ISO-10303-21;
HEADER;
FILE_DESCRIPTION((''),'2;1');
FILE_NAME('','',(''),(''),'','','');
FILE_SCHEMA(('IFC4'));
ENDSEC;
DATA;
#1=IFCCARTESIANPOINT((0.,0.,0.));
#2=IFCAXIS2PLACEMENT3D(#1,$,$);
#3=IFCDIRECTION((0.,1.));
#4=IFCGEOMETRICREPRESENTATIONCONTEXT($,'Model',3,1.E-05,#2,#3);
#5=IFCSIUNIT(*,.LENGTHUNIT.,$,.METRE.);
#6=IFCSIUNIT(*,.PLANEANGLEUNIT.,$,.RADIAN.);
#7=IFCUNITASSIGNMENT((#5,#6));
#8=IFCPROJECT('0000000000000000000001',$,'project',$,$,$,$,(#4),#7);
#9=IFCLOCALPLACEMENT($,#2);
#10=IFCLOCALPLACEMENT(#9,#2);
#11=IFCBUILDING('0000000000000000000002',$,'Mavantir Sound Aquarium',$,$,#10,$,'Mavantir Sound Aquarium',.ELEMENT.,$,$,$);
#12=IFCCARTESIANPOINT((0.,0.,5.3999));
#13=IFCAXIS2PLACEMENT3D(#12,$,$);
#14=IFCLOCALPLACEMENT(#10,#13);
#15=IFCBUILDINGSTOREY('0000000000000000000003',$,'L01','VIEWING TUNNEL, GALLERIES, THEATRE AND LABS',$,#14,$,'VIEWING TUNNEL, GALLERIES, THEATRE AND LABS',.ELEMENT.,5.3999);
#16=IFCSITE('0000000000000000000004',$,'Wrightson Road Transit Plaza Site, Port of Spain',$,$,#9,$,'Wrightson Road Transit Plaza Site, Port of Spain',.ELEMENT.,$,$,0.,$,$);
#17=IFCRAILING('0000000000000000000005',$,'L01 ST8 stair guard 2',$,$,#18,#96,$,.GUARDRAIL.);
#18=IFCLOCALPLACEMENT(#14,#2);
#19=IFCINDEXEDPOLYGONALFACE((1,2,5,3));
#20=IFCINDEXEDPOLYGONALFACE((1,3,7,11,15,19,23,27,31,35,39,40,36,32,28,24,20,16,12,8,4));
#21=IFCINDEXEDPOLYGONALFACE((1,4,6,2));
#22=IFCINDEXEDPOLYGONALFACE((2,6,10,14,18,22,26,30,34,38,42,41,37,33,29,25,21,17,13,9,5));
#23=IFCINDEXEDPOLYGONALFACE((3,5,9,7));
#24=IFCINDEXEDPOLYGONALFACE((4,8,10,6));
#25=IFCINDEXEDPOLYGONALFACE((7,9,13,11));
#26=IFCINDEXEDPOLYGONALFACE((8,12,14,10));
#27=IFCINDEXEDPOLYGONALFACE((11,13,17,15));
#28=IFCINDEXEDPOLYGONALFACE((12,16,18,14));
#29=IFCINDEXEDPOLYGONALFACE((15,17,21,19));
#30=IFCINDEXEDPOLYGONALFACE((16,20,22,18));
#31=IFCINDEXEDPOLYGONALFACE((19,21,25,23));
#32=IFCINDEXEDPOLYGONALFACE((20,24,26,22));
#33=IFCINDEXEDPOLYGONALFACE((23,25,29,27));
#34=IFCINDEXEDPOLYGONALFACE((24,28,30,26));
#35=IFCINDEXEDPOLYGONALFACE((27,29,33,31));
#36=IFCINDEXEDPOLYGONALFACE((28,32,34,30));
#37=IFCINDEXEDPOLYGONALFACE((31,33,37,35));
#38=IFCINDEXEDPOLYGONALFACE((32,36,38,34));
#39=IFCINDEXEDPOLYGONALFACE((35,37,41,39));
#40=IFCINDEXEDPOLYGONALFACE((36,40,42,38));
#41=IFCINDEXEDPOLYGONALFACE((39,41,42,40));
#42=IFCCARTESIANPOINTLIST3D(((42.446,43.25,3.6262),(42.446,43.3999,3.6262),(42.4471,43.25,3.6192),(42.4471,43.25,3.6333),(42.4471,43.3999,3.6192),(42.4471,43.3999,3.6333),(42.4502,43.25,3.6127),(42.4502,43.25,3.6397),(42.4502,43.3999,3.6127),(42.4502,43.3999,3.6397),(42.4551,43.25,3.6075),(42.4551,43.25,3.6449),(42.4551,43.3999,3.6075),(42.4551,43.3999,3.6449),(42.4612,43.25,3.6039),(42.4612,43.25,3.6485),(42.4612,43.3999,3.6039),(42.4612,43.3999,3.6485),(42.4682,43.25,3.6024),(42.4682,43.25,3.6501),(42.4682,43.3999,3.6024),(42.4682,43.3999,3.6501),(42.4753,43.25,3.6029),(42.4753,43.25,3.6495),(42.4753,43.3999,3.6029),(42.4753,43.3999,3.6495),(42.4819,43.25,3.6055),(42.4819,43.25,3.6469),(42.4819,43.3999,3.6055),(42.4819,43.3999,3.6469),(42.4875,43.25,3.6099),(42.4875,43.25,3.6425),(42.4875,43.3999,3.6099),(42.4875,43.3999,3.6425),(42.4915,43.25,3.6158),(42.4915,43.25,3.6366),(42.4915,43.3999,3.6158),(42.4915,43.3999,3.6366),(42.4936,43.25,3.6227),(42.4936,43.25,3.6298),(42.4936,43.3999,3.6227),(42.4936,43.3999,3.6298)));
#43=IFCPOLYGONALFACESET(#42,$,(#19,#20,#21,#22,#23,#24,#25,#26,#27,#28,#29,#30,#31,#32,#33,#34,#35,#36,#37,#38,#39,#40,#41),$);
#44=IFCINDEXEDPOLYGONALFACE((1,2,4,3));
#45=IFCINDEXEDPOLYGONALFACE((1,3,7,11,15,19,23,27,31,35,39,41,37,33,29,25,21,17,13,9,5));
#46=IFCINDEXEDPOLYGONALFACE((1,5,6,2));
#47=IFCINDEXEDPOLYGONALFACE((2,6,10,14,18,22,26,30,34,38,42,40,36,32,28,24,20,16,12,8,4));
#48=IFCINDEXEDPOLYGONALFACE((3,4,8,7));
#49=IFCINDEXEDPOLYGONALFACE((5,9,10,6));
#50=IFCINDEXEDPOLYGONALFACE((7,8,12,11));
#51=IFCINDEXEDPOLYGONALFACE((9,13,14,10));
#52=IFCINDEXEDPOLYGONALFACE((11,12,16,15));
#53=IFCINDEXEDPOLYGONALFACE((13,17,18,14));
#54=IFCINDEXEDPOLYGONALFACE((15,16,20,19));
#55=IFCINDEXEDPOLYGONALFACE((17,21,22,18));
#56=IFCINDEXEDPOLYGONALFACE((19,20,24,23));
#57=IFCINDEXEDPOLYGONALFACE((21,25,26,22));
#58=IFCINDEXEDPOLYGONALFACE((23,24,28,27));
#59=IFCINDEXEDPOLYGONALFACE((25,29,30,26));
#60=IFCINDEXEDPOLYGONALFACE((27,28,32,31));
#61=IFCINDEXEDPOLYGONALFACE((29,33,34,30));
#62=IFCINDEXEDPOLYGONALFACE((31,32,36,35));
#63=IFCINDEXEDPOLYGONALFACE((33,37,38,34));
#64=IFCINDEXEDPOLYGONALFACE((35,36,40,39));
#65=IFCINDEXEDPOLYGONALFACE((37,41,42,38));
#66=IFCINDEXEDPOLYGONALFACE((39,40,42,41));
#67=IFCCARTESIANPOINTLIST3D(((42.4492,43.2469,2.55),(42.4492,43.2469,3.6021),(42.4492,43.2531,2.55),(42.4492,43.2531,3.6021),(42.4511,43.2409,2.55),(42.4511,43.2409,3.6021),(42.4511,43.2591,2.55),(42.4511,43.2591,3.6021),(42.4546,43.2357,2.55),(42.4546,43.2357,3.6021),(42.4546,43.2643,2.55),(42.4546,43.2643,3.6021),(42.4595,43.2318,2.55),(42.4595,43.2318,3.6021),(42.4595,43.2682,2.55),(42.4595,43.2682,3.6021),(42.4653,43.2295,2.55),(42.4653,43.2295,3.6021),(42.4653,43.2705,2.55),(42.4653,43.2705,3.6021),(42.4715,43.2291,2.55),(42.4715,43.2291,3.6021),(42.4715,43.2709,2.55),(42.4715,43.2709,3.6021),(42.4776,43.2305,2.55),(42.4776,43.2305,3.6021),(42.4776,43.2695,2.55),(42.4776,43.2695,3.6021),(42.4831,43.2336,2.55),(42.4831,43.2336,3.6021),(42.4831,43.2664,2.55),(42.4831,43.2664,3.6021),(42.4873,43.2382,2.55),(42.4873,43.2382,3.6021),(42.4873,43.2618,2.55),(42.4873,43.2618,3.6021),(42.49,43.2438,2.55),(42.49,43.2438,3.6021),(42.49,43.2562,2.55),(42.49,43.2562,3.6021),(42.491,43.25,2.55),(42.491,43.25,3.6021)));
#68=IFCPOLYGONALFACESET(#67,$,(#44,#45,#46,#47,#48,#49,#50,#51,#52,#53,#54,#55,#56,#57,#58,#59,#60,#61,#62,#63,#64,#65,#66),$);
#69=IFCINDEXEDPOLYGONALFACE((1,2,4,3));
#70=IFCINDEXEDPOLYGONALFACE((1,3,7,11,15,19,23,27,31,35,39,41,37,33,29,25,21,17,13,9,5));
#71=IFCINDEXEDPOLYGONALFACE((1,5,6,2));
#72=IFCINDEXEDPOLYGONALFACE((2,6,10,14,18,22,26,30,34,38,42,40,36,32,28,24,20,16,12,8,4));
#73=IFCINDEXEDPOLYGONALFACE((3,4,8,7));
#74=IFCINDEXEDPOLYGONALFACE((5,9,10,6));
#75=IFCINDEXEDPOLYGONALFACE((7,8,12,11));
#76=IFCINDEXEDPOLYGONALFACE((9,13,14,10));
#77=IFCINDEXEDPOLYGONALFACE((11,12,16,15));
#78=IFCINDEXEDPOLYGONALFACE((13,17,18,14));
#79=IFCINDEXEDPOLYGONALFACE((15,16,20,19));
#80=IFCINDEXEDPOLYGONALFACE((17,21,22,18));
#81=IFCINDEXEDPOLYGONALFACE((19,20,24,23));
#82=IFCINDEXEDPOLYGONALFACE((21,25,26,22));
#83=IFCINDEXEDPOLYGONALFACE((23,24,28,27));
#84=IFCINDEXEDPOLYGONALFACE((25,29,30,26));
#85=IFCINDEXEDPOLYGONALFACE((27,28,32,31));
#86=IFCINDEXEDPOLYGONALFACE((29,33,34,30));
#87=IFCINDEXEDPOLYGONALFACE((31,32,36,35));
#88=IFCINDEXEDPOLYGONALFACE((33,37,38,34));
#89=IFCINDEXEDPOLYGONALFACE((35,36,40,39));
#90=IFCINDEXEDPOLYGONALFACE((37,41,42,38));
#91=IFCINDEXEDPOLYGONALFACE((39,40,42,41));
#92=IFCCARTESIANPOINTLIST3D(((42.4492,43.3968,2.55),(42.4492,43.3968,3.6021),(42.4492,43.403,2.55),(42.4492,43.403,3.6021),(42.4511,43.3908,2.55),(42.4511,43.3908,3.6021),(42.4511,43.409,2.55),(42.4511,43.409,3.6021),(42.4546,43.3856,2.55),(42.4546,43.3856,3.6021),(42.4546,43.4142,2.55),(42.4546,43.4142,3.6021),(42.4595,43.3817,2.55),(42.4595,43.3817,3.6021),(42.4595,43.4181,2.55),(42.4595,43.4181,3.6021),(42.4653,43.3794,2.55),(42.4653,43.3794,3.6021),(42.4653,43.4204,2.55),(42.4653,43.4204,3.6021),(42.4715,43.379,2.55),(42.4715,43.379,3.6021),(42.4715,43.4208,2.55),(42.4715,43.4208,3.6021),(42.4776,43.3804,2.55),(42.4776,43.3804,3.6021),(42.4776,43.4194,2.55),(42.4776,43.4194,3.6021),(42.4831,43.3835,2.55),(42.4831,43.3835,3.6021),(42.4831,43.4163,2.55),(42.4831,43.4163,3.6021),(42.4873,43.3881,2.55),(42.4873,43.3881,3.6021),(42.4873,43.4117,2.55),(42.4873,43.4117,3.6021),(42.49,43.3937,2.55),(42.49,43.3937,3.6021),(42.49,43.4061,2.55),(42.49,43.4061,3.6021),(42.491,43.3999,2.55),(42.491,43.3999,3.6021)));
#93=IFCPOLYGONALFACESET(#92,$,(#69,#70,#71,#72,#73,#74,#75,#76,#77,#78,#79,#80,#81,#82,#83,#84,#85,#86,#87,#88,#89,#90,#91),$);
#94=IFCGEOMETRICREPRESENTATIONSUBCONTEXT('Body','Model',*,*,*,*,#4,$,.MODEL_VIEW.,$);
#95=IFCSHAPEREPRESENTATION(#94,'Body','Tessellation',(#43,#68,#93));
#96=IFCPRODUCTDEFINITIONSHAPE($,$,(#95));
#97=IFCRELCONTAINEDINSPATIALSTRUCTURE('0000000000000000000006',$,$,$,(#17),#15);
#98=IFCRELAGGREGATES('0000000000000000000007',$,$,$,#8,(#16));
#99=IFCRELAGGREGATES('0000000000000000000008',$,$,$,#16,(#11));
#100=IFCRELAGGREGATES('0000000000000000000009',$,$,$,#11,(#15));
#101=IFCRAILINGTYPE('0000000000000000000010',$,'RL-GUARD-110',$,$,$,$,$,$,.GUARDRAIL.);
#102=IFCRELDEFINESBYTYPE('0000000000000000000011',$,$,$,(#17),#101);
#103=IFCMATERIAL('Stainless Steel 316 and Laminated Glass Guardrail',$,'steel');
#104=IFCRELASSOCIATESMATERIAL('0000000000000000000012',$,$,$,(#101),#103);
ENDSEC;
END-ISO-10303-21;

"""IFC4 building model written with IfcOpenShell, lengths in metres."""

from ifc_helpers import new_model, si_unit, direction, frame, origin, origin_2d, place, context, subcontext, project, spatial, circle, extrude, material, type_object, element, save


model = new_model("IFC4")

# Units and contexts
model_context = context("Model", 3, precision=1e-05, world=origin(), true_north=direction((0.0, 1.0)))
body_context = subcontext(model_context, "Body", "Model", "MODEL_VIEW")
ifc_project = project(units=[si_unit("LENGTHUNIT", "METRE"), si_unit("PLANEANGLEUNIT", "RADIAN")], contexts=[model_context])

# Site, building, storey
site_placement = place(None, origin())
site = spatial("IfcSite", under=ifc_project, at=site_placement, Name="Wrightson Road Transit Plaza Site, Port of Spain", LongName="Wrightson Road Transit Plaza Site, Port of Spain", CompositionType="ELEMENT", RefElevation=0.0)
building_placement = place(site_placement, origin())
building = spatial("IfcBuilding", under=site, at=building_placement, Name="Mavantir Sound Aquarium", LongName="Mavantir Sound Aquarium", CompositionType="ELEMENT")
storey_placement = place(building_placement, frame((0.0, 0.0, 5.3999)))
storey = spatial("IfcBuildingStorey", under=building, at=storey_placement, Name="L01", Description="VIEWING TUNNEL, GALLERIES, THEATRE AND LABS", LongName="VIEWING TUNNEL, GALLERIES, THEATRE AND LABS", CompositionType="ELEMENT", Elevation=5.3999)

# Railing
ifc_material_1 = material(Name="Stainless Steel 316 and Laminated Glass Guardrail", Category="steel")
railing_type_1 = type_object("IfcRailingType", Name="RL-GUARD-110", PredefinedType="GUARDRAIL", material=ifc_material_1)
railing_1_placement = place(storey_placement, frame((42.47, 43.25, 2.55)))
element("IfcRailing", 1, at=railing_1_placement, inside=storey, type_object=railing_type_1, Name="L01 ST8 stair guard 2", PredefinedType="GUARDRAIL", context=body_context, shape_type="SweptSolid", body=[
    extrude(circle(Radius=0.0239, at=origin_2d()), frame((0.0, 0.0, 1.0762), z_axis=(0.0, 1.0, 0.0), x_axis=(-1.0, 0.0, 0.0)), (0.0, 0.0, 1.0), 0.1499),
    extrude(circle(Radius=0.021, at=origin_2d()), origin(), (0.0, 0.0, 1.0), 1.052),
    extrude(circle(Radius=0.021, at=origin_2d()), frame((0.0, 0.1499, 0.0)), (0.0, 0.0, 1.0), 1.052),
])

save(model, "model.ifc")
